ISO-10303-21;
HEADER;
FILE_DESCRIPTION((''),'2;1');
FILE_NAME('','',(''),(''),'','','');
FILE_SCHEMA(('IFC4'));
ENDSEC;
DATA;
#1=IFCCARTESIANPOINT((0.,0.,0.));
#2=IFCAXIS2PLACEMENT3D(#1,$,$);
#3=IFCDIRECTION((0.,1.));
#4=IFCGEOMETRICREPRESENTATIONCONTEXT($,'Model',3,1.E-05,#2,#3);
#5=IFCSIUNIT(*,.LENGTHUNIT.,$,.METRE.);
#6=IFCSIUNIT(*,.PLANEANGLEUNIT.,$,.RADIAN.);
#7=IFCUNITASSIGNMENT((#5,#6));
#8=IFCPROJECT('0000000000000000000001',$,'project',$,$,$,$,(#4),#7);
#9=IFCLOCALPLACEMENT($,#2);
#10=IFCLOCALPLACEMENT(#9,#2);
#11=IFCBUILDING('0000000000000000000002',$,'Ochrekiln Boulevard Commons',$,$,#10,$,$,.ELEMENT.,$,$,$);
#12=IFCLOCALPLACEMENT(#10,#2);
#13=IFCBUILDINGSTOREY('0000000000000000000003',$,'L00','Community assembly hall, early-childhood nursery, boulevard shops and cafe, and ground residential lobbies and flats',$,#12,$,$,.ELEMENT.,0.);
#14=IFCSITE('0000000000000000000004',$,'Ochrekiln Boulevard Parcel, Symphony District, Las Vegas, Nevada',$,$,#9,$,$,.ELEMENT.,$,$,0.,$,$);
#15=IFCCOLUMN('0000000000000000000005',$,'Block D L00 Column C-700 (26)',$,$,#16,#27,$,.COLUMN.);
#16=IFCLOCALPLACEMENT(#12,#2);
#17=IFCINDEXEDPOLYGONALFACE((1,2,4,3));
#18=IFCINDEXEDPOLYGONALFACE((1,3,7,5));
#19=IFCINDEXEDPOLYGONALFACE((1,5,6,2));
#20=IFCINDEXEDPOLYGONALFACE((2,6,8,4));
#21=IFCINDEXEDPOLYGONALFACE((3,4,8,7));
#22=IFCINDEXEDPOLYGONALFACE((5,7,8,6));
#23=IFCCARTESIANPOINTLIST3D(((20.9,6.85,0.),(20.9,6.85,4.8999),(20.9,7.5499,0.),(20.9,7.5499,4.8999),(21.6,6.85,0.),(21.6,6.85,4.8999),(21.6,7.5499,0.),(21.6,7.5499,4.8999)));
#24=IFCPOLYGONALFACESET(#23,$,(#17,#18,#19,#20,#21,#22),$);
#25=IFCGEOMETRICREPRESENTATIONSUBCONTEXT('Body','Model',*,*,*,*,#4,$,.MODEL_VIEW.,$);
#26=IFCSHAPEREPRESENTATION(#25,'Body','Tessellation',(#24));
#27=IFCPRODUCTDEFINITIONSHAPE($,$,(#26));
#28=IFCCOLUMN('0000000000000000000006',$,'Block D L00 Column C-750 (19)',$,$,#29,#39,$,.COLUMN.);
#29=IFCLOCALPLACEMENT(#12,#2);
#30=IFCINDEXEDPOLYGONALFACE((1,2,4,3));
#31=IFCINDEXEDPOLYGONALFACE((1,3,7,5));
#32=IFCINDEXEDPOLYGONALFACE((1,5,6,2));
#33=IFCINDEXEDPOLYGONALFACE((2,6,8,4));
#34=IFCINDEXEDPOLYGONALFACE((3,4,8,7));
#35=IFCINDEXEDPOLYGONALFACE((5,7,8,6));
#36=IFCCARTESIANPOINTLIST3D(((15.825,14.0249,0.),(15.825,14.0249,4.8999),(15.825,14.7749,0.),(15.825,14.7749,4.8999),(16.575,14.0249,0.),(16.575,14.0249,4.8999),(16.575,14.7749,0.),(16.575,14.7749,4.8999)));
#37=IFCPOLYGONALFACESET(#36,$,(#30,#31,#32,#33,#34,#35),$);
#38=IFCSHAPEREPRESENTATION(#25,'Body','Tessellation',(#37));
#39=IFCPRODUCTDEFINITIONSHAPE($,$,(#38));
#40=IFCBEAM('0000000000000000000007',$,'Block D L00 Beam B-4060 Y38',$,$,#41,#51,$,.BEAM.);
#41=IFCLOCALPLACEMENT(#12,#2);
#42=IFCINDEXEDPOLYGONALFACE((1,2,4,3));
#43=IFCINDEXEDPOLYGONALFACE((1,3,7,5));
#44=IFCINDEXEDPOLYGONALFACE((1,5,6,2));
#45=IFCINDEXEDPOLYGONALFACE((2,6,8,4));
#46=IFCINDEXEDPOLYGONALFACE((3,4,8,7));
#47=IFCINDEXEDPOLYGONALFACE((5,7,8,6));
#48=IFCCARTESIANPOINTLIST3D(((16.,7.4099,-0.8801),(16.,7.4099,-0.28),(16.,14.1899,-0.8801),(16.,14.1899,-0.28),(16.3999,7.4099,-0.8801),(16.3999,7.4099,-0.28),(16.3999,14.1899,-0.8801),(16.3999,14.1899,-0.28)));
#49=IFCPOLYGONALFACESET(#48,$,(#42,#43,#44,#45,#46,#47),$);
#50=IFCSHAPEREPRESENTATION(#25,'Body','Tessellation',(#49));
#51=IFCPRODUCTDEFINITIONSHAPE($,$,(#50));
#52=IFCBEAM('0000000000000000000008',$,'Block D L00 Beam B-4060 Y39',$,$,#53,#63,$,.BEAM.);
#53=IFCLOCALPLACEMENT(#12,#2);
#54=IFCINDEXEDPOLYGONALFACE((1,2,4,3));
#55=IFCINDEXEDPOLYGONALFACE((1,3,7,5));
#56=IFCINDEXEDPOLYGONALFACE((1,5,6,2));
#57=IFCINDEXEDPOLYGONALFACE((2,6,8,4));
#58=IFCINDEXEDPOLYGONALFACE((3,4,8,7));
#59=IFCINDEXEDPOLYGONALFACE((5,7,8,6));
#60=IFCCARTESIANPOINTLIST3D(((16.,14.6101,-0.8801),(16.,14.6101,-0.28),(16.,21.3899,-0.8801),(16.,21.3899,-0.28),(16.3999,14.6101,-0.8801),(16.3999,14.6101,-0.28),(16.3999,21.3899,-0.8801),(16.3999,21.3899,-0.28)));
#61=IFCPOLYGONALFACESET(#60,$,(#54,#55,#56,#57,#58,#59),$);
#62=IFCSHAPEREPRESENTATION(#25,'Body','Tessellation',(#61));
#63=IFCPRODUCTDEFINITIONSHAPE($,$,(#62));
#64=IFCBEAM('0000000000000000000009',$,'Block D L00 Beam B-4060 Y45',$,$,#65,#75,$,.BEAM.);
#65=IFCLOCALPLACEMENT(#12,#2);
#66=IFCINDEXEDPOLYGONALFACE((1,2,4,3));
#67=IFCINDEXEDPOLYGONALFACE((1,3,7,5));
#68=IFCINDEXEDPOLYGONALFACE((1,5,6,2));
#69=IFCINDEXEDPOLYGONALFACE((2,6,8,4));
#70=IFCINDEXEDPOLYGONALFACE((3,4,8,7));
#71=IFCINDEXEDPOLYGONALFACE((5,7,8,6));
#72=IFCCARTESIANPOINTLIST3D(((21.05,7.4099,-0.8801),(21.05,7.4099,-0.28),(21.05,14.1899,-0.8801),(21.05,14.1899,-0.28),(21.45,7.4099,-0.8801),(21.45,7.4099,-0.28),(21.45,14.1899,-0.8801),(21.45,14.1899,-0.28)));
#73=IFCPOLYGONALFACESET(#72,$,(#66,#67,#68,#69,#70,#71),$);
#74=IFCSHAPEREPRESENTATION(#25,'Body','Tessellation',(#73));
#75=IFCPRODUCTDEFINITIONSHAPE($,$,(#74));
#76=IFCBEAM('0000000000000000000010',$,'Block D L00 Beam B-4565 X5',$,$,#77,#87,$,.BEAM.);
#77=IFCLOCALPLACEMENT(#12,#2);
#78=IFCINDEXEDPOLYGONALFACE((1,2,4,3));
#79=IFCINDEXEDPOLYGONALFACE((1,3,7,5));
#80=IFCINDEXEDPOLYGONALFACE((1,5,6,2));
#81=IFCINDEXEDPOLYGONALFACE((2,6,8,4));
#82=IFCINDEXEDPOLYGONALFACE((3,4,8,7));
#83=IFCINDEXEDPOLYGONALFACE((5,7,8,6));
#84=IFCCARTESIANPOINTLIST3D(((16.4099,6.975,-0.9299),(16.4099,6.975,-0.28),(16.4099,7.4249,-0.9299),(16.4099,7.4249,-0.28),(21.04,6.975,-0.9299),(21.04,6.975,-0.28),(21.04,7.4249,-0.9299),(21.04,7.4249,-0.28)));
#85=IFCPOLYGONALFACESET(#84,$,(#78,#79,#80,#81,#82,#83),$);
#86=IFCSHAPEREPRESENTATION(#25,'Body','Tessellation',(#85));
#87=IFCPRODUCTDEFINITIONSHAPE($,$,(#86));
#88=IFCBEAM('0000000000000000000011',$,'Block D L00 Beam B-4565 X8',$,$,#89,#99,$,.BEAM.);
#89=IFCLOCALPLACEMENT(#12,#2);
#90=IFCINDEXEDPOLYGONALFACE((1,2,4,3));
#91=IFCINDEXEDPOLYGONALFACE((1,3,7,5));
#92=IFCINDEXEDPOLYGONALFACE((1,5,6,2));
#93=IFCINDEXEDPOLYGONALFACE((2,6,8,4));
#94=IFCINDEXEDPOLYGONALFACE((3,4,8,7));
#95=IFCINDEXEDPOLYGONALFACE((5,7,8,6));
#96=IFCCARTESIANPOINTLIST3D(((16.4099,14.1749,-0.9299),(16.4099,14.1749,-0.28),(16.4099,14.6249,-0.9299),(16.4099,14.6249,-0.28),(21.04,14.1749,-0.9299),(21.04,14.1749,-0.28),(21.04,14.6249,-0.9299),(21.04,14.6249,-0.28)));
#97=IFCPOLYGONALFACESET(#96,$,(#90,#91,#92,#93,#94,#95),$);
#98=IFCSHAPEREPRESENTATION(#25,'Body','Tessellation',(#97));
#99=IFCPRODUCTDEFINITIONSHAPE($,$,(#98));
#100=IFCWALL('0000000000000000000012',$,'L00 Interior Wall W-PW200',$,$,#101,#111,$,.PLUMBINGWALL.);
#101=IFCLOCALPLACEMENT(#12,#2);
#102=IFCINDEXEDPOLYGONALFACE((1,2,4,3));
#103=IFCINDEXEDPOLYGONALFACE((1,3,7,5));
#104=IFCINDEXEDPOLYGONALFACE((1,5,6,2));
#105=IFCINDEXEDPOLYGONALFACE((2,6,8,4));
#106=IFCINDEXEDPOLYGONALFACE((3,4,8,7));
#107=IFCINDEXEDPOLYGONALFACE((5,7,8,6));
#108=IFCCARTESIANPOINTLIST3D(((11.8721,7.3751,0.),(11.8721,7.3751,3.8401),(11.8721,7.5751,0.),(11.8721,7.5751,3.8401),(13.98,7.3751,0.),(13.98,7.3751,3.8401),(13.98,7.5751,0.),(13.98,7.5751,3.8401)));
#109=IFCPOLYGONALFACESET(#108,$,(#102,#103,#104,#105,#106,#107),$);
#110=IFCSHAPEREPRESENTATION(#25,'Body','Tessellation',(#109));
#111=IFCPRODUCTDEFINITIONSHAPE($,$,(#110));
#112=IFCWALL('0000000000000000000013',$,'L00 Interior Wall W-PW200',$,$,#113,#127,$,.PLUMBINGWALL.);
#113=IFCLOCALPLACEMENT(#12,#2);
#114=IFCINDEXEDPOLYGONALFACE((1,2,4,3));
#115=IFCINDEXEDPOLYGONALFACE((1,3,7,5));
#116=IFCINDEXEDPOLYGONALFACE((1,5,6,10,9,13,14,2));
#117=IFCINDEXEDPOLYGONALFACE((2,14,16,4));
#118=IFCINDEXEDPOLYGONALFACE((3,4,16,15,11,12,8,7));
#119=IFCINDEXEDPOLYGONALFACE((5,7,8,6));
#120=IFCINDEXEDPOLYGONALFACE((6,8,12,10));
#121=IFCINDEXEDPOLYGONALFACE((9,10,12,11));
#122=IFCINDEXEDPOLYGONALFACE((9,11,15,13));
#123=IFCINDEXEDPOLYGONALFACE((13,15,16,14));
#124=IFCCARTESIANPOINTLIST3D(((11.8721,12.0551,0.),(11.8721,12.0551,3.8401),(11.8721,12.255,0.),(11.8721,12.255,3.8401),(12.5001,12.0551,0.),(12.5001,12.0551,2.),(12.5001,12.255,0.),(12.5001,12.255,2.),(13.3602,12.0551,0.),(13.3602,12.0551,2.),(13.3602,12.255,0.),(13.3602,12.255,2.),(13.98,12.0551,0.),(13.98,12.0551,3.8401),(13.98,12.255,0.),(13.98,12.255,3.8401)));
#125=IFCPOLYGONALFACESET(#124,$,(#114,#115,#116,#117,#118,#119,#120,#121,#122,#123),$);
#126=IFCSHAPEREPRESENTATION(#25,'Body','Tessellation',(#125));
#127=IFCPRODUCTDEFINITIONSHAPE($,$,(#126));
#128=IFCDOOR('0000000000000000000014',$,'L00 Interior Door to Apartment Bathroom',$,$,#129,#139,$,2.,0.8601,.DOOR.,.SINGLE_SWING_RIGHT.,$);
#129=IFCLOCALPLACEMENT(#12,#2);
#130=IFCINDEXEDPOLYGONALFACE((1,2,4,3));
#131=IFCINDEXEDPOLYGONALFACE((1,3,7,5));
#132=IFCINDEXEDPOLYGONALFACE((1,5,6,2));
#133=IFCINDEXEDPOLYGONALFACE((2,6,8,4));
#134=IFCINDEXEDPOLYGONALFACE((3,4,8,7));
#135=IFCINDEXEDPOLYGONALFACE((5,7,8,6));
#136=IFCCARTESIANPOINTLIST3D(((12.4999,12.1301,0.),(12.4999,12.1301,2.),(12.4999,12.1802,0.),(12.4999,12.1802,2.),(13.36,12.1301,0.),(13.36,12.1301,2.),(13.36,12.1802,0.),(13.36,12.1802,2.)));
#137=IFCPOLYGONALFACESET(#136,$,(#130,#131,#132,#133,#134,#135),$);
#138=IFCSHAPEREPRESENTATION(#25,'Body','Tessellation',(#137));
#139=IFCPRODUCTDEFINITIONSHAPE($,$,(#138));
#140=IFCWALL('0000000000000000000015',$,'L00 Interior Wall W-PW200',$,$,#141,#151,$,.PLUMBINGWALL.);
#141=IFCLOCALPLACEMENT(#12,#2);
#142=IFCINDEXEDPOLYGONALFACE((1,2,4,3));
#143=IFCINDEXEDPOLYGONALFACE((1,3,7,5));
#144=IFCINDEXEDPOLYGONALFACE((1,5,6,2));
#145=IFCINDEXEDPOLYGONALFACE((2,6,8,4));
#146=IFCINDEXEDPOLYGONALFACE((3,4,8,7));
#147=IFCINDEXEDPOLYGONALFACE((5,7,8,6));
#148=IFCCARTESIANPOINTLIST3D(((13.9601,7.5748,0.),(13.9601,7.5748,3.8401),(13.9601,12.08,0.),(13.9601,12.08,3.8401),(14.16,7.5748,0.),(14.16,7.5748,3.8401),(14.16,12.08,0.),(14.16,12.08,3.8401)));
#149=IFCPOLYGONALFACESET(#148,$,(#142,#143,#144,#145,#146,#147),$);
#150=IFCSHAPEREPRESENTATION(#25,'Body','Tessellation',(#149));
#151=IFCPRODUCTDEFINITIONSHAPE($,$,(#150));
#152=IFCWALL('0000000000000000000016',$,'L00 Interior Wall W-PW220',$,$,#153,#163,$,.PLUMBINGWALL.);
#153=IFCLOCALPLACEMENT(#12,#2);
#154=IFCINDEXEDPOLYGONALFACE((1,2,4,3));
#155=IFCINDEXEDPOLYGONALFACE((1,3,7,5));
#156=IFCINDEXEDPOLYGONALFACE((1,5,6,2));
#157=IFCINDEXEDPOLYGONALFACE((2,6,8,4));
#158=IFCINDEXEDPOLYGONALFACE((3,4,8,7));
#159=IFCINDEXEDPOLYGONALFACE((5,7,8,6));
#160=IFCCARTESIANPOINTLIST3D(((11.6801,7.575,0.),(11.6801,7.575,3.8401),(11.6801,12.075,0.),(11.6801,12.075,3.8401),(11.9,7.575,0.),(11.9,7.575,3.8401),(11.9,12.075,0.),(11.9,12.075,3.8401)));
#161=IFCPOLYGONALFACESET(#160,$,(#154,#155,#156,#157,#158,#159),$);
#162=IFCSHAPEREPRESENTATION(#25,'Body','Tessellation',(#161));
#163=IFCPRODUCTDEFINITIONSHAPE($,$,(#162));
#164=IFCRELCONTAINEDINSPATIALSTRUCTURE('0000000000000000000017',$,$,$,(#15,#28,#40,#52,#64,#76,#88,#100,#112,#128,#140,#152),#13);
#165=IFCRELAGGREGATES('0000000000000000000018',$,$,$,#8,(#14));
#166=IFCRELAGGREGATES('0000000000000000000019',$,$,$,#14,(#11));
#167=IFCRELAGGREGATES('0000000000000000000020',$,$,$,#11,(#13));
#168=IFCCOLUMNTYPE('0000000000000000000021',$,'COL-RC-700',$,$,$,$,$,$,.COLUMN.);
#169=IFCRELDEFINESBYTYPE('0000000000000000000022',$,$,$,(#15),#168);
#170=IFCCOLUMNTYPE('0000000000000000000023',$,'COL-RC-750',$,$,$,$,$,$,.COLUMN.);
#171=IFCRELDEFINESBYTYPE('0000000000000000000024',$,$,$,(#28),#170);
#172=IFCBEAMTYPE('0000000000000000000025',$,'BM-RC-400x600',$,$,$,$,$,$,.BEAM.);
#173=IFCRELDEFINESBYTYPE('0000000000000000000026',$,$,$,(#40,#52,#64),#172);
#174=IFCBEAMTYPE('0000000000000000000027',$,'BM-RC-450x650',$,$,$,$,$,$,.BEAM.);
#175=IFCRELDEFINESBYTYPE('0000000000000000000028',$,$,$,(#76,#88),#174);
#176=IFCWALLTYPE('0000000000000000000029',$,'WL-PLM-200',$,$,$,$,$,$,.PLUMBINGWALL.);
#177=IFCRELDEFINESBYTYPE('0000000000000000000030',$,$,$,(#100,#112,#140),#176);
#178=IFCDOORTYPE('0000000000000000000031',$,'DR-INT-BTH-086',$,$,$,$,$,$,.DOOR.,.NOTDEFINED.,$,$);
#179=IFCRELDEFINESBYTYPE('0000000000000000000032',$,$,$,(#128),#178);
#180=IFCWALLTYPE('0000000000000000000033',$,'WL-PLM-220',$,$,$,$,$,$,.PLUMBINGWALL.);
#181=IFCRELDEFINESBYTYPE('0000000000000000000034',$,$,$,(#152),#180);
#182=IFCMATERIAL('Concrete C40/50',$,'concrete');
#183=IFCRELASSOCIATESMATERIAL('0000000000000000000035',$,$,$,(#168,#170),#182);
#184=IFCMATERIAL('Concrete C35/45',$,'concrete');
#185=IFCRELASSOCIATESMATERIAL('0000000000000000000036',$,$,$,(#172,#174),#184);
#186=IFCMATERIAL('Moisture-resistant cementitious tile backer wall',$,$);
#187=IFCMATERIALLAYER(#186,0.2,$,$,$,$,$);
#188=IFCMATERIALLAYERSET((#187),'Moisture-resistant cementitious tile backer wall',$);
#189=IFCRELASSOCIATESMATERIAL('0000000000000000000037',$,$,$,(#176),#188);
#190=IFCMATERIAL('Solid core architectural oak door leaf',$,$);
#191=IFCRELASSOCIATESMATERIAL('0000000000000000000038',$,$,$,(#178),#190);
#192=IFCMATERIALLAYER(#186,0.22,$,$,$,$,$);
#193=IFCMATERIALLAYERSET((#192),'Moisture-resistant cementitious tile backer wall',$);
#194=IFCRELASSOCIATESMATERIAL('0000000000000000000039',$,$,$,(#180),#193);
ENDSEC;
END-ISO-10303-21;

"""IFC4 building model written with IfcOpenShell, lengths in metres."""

from ifc_helpers import new_model, si_unit, direction, frame, frame_2d, origin, origin_2d, place, context, subcontext, project, spatial, rectangle, extrude, material, layer, layer_set, material_profile, profile_set, type_object, element, fill, save


model = new_model("IFC4")

# Units and contexts
model_context = context("Model", 3, precision=1e-05, world=origin(), true_north=direction((0.0, 1.0)))
body_context = subcontext(model_context, "Body", "Model", "MODEL_VIEW")
ifc_project = project(units=[si_unit("LENGTHUNIT", "METRE"), si_unit("PLANEANGLEUNIT", "RADIAN")], contexts=[model_context])

# Site, building, storey
site_placement = place(None, origin())
site = spatial("IfcSite", under=ifc_project, at=site_placement, Name="Ochrekiln Boulevard Parcel, Symphony District, Las Vegas, Nevada", CompositionType="ELEMENT", RefElevation=0.0)
building_placement = place(site_placement, origin())
building = spatial("IfcBuilding", under=site, at=building_placement, Name="Ochrekiln Boulevard Commons", CompositionType="ELEMENT")
storey_placement = place(building_placement, origin())
storey = spatial("IfcBuildingStorey", under=building, at=storey_placement, Name="L00", Description="Community assembly hall, early-childhood nursery, boulevard shops and cafe, and ground residential lobbies and flats", CompositionType="ELEMENT", Elevation=0.0)

# Columns
ifc_material_1 = material(Name="Concrete C40/50", Category="concrete")
ifc_material_profile_1 = material_profile(ifc_material_1, rectangle(XDim=0.7, YDim=0.7, at=origin_2d()), Name="RC-COL-700x700")
ifc_profile_set_1 = profile_set([ifc_material_profile_1], Name="Concrete C40/50")
column_type_1 = type_object("IfcColumnType", Name="COL-RC-700", PredefinedType="COLUMN", material=ifc_profile_set_1)
column_1_placement = place(storey_placement, frame((21.25, 7.2, 0.0), z_axis=(0.0, 0.0, 1.0), x_axis=(1.0, 0.0, 0.0)))
element("IfcColumn", 1, at=column_1_placement, inside=storey, type_object=column_type_1, Name="Block D L00 Column C-700 (26)", PredefinedType="COLUMN", context=body_context, shape_type="SweptSolid", body=[
    extrude(rectangle(XDim=0.7, YDim=0.7, at=origin_2d()), origin(), (0.0, 0.0, 1.0), 4.8999),
])
ifc_material_profile_2 = material_profile(ifc_material_1, rectangle(XDim=0.75, YDim=0.75, at=origin_2d()), Name="RC-COL-750x750")
ifc_profile_set_2 = profile_set([ifc_material_profile_2], Name="Concrete C40/50")
column_type_2 = type_object("IfcColumnType", Name="COL-RC-750", PredefinedType="COLUMN", material=ifc_profile_set_2)
column_2_placement = place(storey_placement, frame((16.2, 14.3999, 0.0), z_axis=(0.0, 0.0, 1.0), x_axis=(1.0, 0.0, 0.0)))
element("IfcColumn", 2, at=column_2_placement, inside=storey, type_object=column_type_2, Name="Block D L00 Column C-750 (19)", PredefinedType="COLUMN", context=body_context, shape_type="SweptSolid", body=[
    extrude(rectangle(XDim=0.75, YDim=0.75, at=origin_2d()), origin(), (0.0, 0.0, 1.0), 4.8999),
])

# Beams
ifc_material_2 = material(Name="Concrete C35/45", Category="concrete")
ifc_material_profile_3 = material_profile(ifc_material_2, rectangle(XDim=0.3999, YDim=0.6001, at=origin_2d()), Name="RC-BM-400x600")
ifc_profile_set_3 = profile_set([ifc_material_profile_3], Name="Concrete C35/45")
beam_type_1 = type_object("IfcBeamType", Name="BM-RC-400x600", PredefinedType="BEAM", material=ifc_profile_set_3)
beam_1_placement = place(storey_placement, frame((16.2, 7.4099, -0.5801), z_axis=(0.0, 1.0, 0.0), x_axis=(-1.0, 0.0, 0.0)))
element("IfcBeam", 3, at=beam_1_placement, inside=storey, type_object=beam_type_1, Name="Block D L00 Beam B-4060 Y38", PredefinedType="BEAM", context=body_context, shape_type="SweptSolid", body=[
    extrude(rectangle(XDim=0.3999, YDim=0.6001, at=origin_2d()), origin(), (0.0, 0.0, 1.0), 6.78),
])
beam_2_placement = place(storey_placement, frame((16.2, 14.6101, -0.5801), z_axis=(0.0, 1.0, 0.0), x_axis=(-1.0, 0.0, 0.0)))
element("IfcBeam", 4, at=beam_2_placement, inside=storey, type_object=beam_type_1, Name="Block D L00 Beam B-4060 Y39", PredefinedType="BEAM", context=body_context, shape_type="SweptSolid", body=[
    extrude(rectangle(XDim=0.3999, YDim=0.6001, at=origin_2d()), origin(), (0.0, 0.0, 1.0), 6.7798),
])
beam_3_placement = place(storey_placement, frame((21.25, 7.4099, -0.5801), z_axis=(0.0, 1.0, 0.0), x_axis=(-1.0, 0.0, 0.0)))
element("IfcBeam", 5, at=beam_3_placement, inside=storey, type_object=beam_type_1, Name="Block D L00 Beam B-4060 Y45", PredefinedType="BEAM", context=body_context, shape_type="SweptSolid", body=[
    extrude(rectangle(XDim=0.3999, YDim=0.6001, at=origin_2d()), origin(), (0.0, 0.0, 1.0), 6.78),
])
ifc_material_profile_4 = material_profile(ifc_material_2, rectangle(XDim=0.45, YDim=0.6499, at=origin_2d()), Name="RC-BM-450x650")
ifc_profile_set_4 = profile_set([ifc_material_profile_4], Name="Concrete C35/45")
beam_type_2 = type_object("IfcBeamType", Name="BM-RC-450x650", PredefinedType="BEAM", material=ifc_profile_set_4)
for number, where, z_axis, x_axis, name in (
    (6, (16.4099, 7.2, -0.605), (1.0, 0.0, 0.0), (0.0, 1.0, 0.0), "Block D L00 Beam B-4565 X5"),
    (7, (16.4099, 14.3999, -0.605), (1.0, 0.0, 0.0), (0.0, 1.0, 0.0), "Block D L00 Beam B-4565 X8"),
):
    element("IfcBeam", number, at=place(storey_placement, frame(where, z_axis=z_axis, x_axis=x_axis)), inside=storey, type_object=beam_type_2, Name=name, PredefinedType="BEAM", context=body_context, shape_type="SweptSolid", body=[
        extrude(rectangle(XDim=0.45, YDim=0.6499, at=origin_2d()), origin(), (0.0, 0.0, 1.0), 4.6301),
    ])

# Wall
ifc_material_3 = material(Name="Moisture-resistant cementitious tile backer wall")
ifc_layer_1 = layer(ifc_material_3, 0.2)
ifc_layer_set_1 = layer_set([ifc_layer_1], Name="Moisture-resistant cementitious tile backer wall")
wall_type_1 = type_object("IfcWallType", Name="WL-PLM-200", PredefinedType="PLUMBINGWALL", material=ifc_layer_set_1)
wall_1_placement = place(storey_placement, frame((11.8721, 7.4751, 0.0), z_axis=(0.0, 0.0, 1.0), x_axis=(1.0, 0.0, 0.0)))
element("IfcWall", 8, at=wall_1_placement, inside=storey, type_object=wall_type_1, Name="L00 Interior Wall W-PW200", PredefinedType="PLUMBINGWALL", context=body_context, shape_type="SweptSolid", body=[
    extrude(rectangle(XDim=2.1079, YDim=0.2, at=frame_2d((1.054, 0.0))), origin(), (0.0, 0.0, 1.0), 3.8401),
])

# Wall, opening, door
wall_2_placement = place(storey_placement, frame((11.8721, 12.155, 0.0), z_axis=(0.0, 0.0, 1.0), x_axis=(1.0, 0.0, 0.0)))
wall_2 = element("IfcWall", 9, at=wall_2_placement, inside=storey, type_object=wall_type_1, Name="L00 Interior Wall W-PW200", PredefinedType="PLUMBINGWALL", context=body_context, shape_type="SweptSolid", body=[
    extrude(rectangle(XDim=2.1079, YDim=0.2, at=frame_2d((1.054, 0.0))), origin(), (0.0, 0.0, 1.0), 3.8401),
])
opening_1_placement = place(wall_2_placement, frame((0.6279, 0.0, 0.0)))
opening_1 = element("IfcOpeningElement", 10, at=opening_1_placement, cuts=wall_2, PredefinedType="OPENING", context=body_context, shape_type="SweptSolid", body=[
    extrude(rectangle(XDim=0.8601, YDim=2.0, at=frame_2d((0.4302, 1.0))), frame((0.0, 0.1099, 0.0), z_axis=(0.0, -1.0, 0.0), x_axis=(1.0, 0.0, 0.0)), (0.0, 0.0, 1.0), 0.22),
])
ifc_material_4 = material(Name="Solid core architectural oak door leaf")
door_type_1 = type_object("IfcDoorType", Name="DR-INT-BTH-086", OperationType="NOTDEFINED", PredefinedType="DOOR", material=ifc_material_4)
door_1_placement = place(opening_1_placement, frame((0.8601, 0.0, 0.0), z_axis=(0.0, 0.0, 1.0), x_axis=(-1.0, 0.0, 0.0)))
door_1 = element("IfcDoor", 11, at=door_1_placement, inside=storey, type_object=door_type_1, Name="L00 Interior Door to Apartment Bathroom", OperationType="SINGLE_SWING_RIGHT", OverallHeight=2.0, OverallWidth=0.8601, PredefinedType="DOOR", context=body_context, shape_type="SweptSolid", body=[
    extrude(rectangle(XDim=0.8601, YDim=2.0, at=frame_2d((0.4302, 1.0))), frame((0.0, 0.0249, 0.0), z_axis=(0.0, -1.0, 0.0), x_axis=(1.0, 0.0, 0.0)), (0.0, 0.0, 1.0), 0.05),
])
fill(opening_1, door_1)

# Walls
wall_3_placement = place(storey_placement, frame((14.0601, 7.575, 0.0), z_axis=(0.0, 0.0, 1.0), x_axis=(0.0, 1.0, 0.0)))
element("IfcWall", 12, at=wall_3_placement, inside=storey, type_object=wall_type_1, Name="L00 Interior Wall W-PW200", PredefinedType="PLUMBINGWALL", context=body_context, shape_type="SweptSolid", body=[
    extrude(rectangle(XDim=4.5051, YDim=0.2, at=frame_2d((2.2524, 0.0))), origin(), (0.0, 0.0, 1.0), 3.8401),
])
ifc_layer_2 = layer(ifc_material_3, 0.22)
ifc_layer_set_2 = layer_set([ifc_layer_2], Name="Moisture-resistant cementitious tile backer wall")
wall_type_2 = type_object("IfcWallType", Name="WL-PLM-220", PredefinedType="PLUMBINGWALL", material=ifc_layer_set_2)
wall_4_placement = place(storey_placement, frame((11.79, 7.575, 0.0), z_axis=(0.0, 0.0, 1.0), x_axis=(0.0, 1.0, 0.0)))
element("IfcWall", 13, at=wall_4_placement, inside=storey, type_object=wall_type_2, Name="L00 Interior Wall W-PW220", PredefinedType="PLUMBINGWALL", context=body_context, shape_type="SweptSolid", body=[
    extrude(rectangle(XDim=4.5, YDim=0.22, at=frame_2d((2.25, 0.0))), origin(), (0.0, 0.0, 1.0), 3.8401),
])

save(model, "model.ifc")
